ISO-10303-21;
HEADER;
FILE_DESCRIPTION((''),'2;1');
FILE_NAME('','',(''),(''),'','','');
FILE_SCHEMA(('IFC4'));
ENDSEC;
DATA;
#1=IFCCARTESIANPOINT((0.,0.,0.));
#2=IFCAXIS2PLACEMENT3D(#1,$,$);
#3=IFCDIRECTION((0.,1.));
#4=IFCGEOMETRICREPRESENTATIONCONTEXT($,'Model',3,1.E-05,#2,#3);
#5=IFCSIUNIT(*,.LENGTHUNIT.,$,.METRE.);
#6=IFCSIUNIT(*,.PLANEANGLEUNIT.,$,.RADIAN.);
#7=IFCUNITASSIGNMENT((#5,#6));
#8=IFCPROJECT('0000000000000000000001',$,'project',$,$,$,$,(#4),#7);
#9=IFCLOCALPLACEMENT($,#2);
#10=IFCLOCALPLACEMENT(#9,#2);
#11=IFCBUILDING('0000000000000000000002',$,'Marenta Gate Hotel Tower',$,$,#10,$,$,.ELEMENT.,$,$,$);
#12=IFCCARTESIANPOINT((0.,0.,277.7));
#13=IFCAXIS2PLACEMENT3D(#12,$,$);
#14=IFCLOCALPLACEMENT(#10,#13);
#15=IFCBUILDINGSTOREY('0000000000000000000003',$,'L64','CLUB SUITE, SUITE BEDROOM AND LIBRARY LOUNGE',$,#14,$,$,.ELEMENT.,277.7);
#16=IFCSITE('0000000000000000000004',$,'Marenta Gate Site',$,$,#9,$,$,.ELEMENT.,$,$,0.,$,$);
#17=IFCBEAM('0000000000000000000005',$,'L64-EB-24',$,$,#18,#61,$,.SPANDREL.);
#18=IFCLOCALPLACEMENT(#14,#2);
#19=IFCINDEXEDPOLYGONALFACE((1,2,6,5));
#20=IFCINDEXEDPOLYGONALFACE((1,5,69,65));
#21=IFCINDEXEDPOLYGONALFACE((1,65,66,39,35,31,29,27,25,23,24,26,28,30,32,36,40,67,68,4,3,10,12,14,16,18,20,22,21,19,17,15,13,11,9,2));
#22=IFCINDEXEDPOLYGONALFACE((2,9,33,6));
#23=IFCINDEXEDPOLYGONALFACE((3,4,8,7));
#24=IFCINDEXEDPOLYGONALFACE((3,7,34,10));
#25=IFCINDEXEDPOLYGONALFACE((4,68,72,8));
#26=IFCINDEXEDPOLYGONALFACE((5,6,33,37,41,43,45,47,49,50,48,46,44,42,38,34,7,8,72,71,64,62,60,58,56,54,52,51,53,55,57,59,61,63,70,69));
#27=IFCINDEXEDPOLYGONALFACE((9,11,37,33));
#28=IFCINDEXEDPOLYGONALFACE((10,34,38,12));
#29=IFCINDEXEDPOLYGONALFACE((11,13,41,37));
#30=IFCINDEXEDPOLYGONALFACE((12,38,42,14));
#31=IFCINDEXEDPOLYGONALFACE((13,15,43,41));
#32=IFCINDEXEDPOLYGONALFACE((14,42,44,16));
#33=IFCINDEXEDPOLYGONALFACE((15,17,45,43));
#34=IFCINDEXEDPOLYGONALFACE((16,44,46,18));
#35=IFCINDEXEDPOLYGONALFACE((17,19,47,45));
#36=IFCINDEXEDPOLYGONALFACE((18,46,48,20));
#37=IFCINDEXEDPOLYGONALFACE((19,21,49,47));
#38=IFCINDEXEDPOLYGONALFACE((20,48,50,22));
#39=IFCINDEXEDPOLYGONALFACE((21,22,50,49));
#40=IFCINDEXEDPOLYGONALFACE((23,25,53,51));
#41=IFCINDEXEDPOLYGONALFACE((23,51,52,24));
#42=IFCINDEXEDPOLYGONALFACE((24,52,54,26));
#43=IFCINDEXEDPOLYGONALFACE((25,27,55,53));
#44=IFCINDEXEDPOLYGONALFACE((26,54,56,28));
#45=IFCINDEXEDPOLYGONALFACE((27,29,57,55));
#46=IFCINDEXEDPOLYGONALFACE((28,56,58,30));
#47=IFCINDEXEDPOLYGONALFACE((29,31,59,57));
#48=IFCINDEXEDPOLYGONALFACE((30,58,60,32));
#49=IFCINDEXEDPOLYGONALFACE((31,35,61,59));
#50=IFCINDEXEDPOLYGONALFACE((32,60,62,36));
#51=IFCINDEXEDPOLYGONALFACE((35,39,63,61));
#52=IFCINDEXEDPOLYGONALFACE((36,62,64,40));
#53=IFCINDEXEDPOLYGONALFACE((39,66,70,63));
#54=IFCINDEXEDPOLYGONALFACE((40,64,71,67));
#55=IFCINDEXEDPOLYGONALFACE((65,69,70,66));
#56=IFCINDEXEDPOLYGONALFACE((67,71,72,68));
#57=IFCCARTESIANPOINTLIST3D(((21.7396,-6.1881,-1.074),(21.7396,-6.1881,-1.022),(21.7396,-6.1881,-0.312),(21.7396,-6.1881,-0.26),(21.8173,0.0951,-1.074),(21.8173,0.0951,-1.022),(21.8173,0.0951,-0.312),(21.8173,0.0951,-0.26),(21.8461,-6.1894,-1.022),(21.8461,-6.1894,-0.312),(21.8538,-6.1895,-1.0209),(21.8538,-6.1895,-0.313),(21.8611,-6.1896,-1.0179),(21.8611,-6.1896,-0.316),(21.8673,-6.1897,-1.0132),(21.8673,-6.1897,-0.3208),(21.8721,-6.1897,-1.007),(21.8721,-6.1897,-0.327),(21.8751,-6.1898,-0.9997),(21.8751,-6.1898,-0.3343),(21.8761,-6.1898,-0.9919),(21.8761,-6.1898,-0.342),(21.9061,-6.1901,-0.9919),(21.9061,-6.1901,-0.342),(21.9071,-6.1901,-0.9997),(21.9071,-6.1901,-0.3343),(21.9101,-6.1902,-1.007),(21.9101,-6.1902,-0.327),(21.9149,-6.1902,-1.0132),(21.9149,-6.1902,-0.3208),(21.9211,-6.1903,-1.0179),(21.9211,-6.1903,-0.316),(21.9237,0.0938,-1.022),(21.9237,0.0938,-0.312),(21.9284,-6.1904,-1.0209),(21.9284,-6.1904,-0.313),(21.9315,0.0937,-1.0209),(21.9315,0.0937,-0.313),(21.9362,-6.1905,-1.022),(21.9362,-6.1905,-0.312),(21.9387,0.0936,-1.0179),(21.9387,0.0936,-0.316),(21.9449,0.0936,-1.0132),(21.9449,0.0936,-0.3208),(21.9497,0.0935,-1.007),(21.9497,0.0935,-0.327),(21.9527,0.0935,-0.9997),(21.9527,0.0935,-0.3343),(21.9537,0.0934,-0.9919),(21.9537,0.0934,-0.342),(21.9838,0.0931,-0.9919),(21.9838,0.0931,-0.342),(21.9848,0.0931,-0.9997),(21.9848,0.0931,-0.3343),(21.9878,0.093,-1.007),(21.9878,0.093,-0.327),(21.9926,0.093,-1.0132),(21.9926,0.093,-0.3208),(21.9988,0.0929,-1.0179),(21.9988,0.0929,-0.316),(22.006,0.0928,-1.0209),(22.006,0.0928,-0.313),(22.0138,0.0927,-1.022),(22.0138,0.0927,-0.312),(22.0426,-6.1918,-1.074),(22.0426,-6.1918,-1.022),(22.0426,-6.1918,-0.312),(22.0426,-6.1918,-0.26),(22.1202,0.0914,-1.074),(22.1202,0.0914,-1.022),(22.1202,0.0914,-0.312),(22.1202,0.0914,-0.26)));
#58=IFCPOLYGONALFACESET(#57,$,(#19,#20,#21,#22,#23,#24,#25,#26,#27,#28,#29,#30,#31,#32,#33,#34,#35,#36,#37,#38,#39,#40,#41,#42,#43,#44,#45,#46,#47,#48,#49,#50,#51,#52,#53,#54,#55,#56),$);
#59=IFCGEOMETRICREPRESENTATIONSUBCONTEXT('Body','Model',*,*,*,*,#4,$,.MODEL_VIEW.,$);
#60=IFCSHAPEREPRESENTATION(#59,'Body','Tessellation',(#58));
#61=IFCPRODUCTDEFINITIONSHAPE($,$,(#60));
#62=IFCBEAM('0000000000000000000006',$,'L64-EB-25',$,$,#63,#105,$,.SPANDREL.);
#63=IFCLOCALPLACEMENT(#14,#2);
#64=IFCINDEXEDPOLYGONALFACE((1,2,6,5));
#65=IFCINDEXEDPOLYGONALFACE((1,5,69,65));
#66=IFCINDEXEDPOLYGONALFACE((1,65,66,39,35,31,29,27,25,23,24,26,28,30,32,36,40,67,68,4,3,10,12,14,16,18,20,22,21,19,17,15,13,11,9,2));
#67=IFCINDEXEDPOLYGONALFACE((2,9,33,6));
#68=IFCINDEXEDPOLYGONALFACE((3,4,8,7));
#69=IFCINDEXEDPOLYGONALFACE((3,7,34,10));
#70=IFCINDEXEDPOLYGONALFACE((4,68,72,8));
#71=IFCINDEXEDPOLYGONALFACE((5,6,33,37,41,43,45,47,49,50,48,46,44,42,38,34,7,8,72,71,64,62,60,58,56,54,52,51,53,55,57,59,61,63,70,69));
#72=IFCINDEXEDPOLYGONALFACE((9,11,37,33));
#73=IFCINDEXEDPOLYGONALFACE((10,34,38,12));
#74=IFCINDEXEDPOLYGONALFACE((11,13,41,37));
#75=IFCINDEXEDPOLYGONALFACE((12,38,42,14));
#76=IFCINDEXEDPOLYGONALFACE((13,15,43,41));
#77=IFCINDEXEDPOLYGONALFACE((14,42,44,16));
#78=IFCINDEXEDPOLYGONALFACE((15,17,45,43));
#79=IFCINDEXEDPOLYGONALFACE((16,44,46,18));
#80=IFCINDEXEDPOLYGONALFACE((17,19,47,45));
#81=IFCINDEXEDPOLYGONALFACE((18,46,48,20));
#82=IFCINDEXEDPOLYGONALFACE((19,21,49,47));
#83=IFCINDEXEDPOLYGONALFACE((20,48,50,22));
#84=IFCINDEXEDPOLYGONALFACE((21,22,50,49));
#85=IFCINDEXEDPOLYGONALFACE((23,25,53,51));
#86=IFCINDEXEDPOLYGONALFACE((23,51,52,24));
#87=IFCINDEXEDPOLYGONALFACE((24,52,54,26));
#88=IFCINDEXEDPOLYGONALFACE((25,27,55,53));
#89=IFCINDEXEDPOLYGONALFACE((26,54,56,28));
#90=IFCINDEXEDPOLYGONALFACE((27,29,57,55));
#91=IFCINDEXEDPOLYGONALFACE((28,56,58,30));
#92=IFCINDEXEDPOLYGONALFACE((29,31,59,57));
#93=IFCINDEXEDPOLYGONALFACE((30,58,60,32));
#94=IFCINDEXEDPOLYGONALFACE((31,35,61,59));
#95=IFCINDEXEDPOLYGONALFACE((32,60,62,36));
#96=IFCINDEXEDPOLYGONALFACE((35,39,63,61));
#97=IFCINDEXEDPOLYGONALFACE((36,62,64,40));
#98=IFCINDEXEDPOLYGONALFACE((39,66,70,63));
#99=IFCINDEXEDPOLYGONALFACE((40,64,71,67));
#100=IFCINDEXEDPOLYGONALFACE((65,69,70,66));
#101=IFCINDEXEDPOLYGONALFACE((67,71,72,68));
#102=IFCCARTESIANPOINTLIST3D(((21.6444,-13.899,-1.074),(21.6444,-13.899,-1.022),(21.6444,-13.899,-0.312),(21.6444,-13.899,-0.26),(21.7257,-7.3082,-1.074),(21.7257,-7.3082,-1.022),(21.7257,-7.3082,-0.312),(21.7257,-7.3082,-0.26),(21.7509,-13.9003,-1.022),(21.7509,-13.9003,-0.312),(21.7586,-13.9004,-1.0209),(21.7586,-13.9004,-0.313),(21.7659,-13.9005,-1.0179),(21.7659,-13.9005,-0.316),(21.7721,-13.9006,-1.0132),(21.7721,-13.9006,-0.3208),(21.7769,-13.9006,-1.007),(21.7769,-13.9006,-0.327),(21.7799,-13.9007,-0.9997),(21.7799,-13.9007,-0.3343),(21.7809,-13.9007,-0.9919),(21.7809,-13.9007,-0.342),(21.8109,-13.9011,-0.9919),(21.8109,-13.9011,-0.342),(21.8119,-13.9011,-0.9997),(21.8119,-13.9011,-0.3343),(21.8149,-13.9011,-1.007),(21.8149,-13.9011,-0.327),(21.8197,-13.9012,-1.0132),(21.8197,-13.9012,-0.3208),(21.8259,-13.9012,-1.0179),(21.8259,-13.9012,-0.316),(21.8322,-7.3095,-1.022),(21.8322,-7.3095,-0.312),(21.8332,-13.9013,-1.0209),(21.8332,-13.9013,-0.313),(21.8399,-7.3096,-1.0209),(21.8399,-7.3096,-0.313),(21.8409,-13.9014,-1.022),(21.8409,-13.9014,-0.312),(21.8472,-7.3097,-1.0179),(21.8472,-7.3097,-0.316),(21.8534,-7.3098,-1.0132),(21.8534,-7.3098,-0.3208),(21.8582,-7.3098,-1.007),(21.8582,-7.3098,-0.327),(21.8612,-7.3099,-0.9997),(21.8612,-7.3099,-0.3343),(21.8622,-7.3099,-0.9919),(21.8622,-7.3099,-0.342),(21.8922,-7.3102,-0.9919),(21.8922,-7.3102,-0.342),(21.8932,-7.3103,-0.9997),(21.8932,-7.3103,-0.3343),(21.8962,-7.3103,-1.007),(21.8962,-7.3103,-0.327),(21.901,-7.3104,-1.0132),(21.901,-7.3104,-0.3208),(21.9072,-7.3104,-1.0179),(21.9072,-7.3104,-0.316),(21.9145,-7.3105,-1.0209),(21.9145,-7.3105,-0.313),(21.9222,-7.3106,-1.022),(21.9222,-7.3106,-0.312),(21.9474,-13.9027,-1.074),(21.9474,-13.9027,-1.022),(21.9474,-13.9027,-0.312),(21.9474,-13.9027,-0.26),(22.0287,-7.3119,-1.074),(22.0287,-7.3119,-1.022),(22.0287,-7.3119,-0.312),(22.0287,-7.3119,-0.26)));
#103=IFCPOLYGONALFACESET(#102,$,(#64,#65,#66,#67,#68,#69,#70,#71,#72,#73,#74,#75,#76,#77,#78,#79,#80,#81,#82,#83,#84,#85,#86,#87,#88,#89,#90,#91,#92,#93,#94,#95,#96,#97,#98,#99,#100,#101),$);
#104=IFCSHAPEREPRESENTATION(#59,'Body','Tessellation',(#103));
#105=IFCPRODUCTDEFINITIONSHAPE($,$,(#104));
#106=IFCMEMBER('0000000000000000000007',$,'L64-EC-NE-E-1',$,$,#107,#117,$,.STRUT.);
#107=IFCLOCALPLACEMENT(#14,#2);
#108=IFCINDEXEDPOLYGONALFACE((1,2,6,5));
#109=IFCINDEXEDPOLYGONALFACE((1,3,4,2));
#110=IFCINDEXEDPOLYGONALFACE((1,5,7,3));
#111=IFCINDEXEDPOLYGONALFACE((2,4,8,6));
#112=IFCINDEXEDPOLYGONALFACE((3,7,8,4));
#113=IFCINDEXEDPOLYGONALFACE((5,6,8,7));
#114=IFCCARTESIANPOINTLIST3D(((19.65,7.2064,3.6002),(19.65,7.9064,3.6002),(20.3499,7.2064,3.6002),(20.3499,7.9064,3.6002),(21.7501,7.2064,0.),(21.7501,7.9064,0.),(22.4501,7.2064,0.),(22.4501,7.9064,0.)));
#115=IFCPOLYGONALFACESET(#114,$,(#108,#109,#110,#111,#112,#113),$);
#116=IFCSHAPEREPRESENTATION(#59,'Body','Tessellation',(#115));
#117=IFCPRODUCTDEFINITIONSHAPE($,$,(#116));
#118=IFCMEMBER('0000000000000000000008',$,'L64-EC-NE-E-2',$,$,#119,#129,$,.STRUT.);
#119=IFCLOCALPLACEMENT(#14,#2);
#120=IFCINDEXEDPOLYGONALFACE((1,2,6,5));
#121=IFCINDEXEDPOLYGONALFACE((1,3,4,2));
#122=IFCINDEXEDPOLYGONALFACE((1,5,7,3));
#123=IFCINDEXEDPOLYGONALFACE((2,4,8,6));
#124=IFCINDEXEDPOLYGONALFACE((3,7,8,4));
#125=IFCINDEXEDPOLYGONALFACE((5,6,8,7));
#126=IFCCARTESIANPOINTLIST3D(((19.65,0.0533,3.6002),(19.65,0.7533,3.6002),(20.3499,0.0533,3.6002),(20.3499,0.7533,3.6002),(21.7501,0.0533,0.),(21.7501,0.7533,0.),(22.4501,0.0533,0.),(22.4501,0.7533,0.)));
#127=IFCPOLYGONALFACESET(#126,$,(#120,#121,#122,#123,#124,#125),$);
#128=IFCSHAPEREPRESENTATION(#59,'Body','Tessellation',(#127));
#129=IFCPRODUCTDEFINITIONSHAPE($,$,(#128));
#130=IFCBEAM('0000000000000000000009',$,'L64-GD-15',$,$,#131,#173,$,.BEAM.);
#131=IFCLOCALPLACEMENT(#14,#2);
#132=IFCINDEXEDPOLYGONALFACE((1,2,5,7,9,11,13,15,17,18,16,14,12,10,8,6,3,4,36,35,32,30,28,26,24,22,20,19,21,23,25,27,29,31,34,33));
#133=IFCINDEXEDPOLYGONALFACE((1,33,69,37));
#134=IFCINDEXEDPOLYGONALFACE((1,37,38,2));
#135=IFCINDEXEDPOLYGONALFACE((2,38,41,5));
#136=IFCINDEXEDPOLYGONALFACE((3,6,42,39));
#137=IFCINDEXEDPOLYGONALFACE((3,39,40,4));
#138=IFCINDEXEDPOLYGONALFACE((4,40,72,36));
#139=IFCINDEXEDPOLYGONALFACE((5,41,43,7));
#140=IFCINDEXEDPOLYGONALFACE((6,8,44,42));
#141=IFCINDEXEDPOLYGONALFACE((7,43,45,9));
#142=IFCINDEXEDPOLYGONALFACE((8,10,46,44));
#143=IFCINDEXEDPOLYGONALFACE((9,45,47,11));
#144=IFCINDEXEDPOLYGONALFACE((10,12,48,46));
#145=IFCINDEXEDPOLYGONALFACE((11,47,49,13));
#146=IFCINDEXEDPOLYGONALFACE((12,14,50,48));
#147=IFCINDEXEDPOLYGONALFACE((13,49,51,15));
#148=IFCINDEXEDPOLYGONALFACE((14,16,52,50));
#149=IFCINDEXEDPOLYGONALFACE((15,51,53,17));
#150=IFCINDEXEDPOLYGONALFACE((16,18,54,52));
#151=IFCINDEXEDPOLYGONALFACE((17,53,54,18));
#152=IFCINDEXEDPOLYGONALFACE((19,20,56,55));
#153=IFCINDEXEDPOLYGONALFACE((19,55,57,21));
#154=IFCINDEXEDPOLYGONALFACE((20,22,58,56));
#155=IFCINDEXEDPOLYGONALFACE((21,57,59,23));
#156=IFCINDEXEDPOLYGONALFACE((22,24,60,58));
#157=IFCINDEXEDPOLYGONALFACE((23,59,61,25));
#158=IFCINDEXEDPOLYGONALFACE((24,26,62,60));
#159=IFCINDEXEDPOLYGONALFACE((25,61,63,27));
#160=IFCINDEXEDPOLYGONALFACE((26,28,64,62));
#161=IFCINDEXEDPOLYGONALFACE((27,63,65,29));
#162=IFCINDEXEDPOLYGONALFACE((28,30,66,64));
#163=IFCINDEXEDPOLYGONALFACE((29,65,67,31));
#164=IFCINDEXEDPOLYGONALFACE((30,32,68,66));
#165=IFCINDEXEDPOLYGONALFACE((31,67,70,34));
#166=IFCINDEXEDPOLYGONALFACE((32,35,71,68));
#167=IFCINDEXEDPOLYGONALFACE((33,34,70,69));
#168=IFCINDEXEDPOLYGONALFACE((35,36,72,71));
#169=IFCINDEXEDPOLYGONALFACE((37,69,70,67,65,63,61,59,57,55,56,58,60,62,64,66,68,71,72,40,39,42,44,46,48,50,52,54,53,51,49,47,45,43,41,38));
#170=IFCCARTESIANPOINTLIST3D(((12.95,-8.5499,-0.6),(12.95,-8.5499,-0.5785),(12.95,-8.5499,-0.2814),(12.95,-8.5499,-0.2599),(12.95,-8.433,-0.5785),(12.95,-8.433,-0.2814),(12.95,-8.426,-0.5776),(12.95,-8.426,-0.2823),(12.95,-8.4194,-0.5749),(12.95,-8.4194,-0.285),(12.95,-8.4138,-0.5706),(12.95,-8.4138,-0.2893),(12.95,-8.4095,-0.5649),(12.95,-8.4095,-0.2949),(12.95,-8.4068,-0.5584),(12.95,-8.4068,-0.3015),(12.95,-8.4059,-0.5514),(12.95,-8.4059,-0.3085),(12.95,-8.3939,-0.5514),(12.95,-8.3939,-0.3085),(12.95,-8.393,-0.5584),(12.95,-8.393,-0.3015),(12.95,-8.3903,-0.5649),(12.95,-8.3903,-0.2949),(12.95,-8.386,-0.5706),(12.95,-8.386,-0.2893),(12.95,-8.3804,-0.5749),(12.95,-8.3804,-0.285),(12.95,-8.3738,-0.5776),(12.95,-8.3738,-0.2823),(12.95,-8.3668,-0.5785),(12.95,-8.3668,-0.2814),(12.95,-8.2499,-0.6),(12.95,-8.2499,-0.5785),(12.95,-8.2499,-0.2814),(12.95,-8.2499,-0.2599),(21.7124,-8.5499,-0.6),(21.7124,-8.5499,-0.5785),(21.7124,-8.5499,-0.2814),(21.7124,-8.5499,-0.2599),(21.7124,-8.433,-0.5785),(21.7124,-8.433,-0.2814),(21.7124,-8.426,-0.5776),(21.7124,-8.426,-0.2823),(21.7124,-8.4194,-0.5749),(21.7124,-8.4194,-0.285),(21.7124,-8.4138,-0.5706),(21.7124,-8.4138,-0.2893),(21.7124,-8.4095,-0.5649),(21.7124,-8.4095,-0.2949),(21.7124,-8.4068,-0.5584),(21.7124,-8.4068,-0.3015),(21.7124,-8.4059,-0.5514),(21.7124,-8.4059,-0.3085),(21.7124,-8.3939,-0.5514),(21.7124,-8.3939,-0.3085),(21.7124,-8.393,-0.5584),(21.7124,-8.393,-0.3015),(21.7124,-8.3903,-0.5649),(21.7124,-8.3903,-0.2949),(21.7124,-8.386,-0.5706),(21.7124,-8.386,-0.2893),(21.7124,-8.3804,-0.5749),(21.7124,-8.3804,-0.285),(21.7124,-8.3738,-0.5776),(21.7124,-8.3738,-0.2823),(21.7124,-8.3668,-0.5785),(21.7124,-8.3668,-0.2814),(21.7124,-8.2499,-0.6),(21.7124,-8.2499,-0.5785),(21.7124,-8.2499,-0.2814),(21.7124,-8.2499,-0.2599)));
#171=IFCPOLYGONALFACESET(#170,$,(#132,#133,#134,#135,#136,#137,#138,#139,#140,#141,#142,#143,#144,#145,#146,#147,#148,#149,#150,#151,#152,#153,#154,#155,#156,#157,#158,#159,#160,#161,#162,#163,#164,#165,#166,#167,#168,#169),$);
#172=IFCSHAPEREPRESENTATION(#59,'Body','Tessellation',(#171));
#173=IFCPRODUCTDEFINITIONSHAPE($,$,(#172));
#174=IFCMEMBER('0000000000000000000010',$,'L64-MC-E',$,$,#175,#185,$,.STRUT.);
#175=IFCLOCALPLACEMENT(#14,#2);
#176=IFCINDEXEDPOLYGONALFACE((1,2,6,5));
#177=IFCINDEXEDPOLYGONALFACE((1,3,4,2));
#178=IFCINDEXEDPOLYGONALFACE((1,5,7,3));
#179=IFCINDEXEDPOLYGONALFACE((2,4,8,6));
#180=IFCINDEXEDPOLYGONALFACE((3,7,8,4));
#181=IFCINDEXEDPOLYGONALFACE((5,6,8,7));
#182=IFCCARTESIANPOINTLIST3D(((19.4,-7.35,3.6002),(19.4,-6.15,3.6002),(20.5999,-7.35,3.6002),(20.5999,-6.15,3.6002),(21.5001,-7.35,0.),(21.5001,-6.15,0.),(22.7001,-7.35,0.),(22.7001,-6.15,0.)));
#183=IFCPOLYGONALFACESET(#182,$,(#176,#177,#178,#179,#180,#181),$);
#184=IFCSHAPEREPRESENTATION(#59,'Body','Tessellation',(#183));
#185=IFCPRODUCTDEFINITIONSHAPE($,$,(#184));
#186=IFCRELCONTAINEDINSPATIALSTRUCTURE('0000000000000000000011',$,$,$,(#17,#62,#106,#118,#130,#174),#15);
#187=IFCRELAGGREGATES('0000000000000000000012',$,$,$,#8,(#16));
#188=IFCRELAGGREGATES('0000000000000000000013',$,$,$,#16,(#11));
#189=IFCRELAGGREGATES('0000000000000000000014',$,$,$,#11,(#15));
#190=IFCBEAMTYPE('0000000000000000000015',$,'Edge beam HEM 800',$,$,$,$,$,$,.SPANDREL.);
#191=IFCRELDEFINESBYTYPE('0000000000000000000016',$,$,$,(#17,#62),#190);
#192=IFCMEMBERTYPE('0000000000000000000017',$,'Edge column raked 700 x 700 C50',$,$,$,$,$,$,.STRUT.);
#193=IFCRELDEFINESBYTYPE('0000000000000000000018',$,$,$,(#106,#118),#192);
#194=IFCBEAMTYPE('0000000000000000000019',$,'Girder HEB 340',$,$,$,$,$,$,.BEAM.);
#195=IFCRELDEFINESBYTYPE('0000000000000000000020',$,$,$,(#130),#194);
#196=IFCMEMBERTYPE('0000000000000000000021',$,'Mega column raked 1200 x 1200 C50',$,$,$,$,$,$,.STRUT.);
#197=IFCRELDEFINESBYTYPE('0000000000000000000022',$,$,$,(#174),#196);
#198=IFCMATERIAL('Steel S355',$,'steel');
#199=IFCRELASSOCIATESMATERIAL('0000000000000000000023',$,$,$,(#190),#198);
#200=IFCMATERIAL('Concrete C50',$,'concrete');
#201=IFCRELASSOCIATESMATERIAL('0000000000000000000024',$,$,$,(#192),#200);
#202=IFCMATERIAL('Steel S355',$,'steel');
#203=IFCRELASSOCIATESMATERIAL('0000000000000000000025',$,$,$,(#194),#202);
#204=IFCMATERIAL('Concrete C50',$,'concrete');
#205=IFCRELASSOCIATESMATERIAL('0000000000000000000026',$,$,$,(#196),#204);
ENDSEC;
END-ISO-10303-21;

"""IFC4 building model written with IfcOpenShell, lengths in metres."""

from ifc_helpers import new_model, si_unit, direction, frame, origin, origin_2d, place, context, subcontext, project, spatial, rectangle, i_section, extrude, material, material_profile, profile_set, type_object, element, save


model = new_model("IFC4")

# Units and contexts
model_context = context("Model", 3, precision=1e-05, world=origin(), true_north=direction((0.0, 1.0)))
body_context = subcontext(model_context, "Body", "Model", "MODEL_VIEW")
ifc_project = project(units=[si_unit("LENGTHUNIT", "METRE"), si_unit("PLANEANGLEUNIT", "RADIAN")], contexts=[model_context])

# Site, building, storey
site_placement = place(None, origin())
site = spatial("IfcSite", under=ifc_project, at=site_placement, Name="Marenta Gate Site", CompositionType="ELEMENT", RefElevation=0.0)
building_placement = place(site_placement, origin())
building = spatial("IfcBuilding", under=site, at=building_placement, Name="Marenta Gate Hotel Tower", CompositionType="ELEMENT")
storey_placement = place(building_placement, frame((0.0, 0.0, 277.7)))
storey = spatial("IfcBuildingStorey", under=building, at=storey_placement, Name="L64", Description="CLUB SUITE, SUITE BEDROOM AND LIBRARY LOUNGE", CompositionType="ELEMENT", Elevation=277.7)

# Beams
ifc_material_1 = material(Name="Steel S355", Category="steel")
ifc_material_profile_1 = material_profile(ifc_material_1, i_section(OverallWidth=0.303, OverallDepth=0.814, WebThickness=0.03, FlangeThickness=0.052, FilletRadius=0.03, at=origin_2d()), Name="HEM 800")
ifc_profile_set_1 = profile_set([ifc_material_profile_1], Name="Steel S355")
beam_type_1 = type_object("IfcBeamType", Name="Edge beam HEM 800", PredefinedType="SPANDREL", material=ifc_profile_set_1)
beam_1_placement = place(storey_placement, frame((21.9688, 0.0933, -0.667), z_axis=(-0.012355, -0.999924, 0.0), x_axis=(0.999924, -0.012355, 0.0)))
element("IfcBeam", 1, at=beam_1_placement, inside=storey, type_object=beam_type_1, Name="L64-EB-24", PredefinedType="SPANDREL", context=body_context, shape_type="SweptSolid", body=[
    extrude(i_section(OverallWidth=0.303, OverallDepth=0.814, WebThickness=0.03, FlangeThickness=0.052, FilletRadius=0.03, at=origin_2d()), origin(), (0.0, 0.0, 1.0), 6.2837),
])
beam_2_placement = place(storey_placement, frame((21.8772, -7.3101, -0.667), z_axis=(-0.012334, -0.999924, 0.0), x_axis=(0.999924, -0.012334, 0.0)))
element("IfcBeam", 2, at=beam_2_placement, inside=storey, type_object=beam_type_1, Name="L64-EB-25", PredefinedType="SPANDREL", context=body_context, shape_type="SweptSolid", body=[
    extrude(i_section(OverallWidth=0.303, OverallDepth=0.814, WebThickness=0.03, FlangeThickness=0.052, FilletRadius=0.03, at=origin_2d()), origin(), (0.0, 0.0, 1.0), 6.5913),
])

# Members
ifc_material_2 = material(Name="Concrete C50", Category="concrete")
ifc_material_profile_2 = material_profile(ifc_material_2, rectangle(XDim=0.7, YDim=0.7, at=origin_2d()), Name="700 x 700")
ifc_profile_set_2 = profile_set([ifc_material_profile_2], Name="Concrete C50")
member_type_1 = type_object("IfcMemberType", Name="Edge column raked 700 x 700 C50", PredefinedType="STRUT", material=ifc_profile_set_2)
for number, where, z_axis, x_axis, name in (
    (3, (22.1001, 7.5564, 0.0), (0.0, 0.0, 1.0), (1.0, 0.0, 0.0), "L64-EC-NE-E-1"),
    (4, (22.1001, 0.4033, 0.0), (0.0, 0.0, 1.0), (1.0, 0.0, 0.0), "L64-EC-NE-E-2"),
):
    element("IfcMember", number, at=place(storey_placement, frame(where, z_axis=z_axis, x_axis=x_axis)), inside=storey, type_object=member_type_1, Name=name, PredefinedType="STRUT", context=body_context, shape_type="SweptSolid", body=[
        extrude(rectangle(XDim=0.7, YDim=0.7, at=origin_2d()), origin(), (-0.503878, 0.0, 0.863775), 4.168),
    ])

# Beam
ifc_material_3 = material(Name="Steel S355", Category="steel")
ifc_material_profile_3 = material_profile(ifc_material_3, i_section(OverallWidth=0.3, OverallDepth=0.3401, WebThickness=0.012, FlangeThickness=0.0215, FilletRadius=0.0271, at=origin_2d()), Name="HEB 340")
ifc_profile_set_3 = profile_set([ifc_material_profile_3], Name="Steel S355")
beam_type_2 = type_object("IfcBeamType", Name="Girder HEB 340", PredefinedType="BEAM", material=ifc_profile_set_3)
beam_3_placement = place(storey_placement, frame((12.95, -8.3999, -0.4299), z_axis=(1.0, 0.0, 0.0), x_axis=(0.0, 1.0, 0.0)))
element("IfcBeam", 5, at=beam_3_placement, inside=storey, type_object=beam_type_2, Name="L64-GD-15", PredefinedType="BEAM", context=body_context, shape_type="SweptSolid", body=[
    extrude(i_section(OverallWidth=0.3, OverallDepth=0.3401, WebThickness=0.012, FlangeThickness=0.0215, FilletRadius=0.0271, at=origin_2d()), origin(), (0.0, 0.0, 1.0), 8.7625),
])

# Member
ifc_material_4 = material(Name="Concrete C50", Category="concrete")
ifc_material_profile_4 = material_profile(ifc_material_4, rectangle(XDim=1.2, YDim=1.2, at=origin_2d()), Name="1200 x 1200")
ifc_profile_set_4 = profile_set([ifc_material_profile_4], Name="Concrete C50")
member_type_2 = type_object("IfcMemberType", Name="Mega column raked 1200 x 1200 C50", PredefinedType="STRUT", material=ifc_profile_set_4)
member_1_placement = place(storey_placement, frame((22.1001, -6.75, 0.0), z_axis=(0.0, 0.0, 1.0), x_axis=(1.0, 0.0, 0.0)))
element("IfcMember", 6, at=member_1_placement, inside=storey, type_object=member_type_2, Name="L64-MC-E", PredefinedType="STRUT", context=body_context, shape_type="SweptSolid", body=[
    extrude(rectangle(XDim=1.2, YDim=1.2, at=origin_2d()), origin(), (-0.503878, 0.0, 0.863775), 4.168),
])

save(model, "model.ifc")
